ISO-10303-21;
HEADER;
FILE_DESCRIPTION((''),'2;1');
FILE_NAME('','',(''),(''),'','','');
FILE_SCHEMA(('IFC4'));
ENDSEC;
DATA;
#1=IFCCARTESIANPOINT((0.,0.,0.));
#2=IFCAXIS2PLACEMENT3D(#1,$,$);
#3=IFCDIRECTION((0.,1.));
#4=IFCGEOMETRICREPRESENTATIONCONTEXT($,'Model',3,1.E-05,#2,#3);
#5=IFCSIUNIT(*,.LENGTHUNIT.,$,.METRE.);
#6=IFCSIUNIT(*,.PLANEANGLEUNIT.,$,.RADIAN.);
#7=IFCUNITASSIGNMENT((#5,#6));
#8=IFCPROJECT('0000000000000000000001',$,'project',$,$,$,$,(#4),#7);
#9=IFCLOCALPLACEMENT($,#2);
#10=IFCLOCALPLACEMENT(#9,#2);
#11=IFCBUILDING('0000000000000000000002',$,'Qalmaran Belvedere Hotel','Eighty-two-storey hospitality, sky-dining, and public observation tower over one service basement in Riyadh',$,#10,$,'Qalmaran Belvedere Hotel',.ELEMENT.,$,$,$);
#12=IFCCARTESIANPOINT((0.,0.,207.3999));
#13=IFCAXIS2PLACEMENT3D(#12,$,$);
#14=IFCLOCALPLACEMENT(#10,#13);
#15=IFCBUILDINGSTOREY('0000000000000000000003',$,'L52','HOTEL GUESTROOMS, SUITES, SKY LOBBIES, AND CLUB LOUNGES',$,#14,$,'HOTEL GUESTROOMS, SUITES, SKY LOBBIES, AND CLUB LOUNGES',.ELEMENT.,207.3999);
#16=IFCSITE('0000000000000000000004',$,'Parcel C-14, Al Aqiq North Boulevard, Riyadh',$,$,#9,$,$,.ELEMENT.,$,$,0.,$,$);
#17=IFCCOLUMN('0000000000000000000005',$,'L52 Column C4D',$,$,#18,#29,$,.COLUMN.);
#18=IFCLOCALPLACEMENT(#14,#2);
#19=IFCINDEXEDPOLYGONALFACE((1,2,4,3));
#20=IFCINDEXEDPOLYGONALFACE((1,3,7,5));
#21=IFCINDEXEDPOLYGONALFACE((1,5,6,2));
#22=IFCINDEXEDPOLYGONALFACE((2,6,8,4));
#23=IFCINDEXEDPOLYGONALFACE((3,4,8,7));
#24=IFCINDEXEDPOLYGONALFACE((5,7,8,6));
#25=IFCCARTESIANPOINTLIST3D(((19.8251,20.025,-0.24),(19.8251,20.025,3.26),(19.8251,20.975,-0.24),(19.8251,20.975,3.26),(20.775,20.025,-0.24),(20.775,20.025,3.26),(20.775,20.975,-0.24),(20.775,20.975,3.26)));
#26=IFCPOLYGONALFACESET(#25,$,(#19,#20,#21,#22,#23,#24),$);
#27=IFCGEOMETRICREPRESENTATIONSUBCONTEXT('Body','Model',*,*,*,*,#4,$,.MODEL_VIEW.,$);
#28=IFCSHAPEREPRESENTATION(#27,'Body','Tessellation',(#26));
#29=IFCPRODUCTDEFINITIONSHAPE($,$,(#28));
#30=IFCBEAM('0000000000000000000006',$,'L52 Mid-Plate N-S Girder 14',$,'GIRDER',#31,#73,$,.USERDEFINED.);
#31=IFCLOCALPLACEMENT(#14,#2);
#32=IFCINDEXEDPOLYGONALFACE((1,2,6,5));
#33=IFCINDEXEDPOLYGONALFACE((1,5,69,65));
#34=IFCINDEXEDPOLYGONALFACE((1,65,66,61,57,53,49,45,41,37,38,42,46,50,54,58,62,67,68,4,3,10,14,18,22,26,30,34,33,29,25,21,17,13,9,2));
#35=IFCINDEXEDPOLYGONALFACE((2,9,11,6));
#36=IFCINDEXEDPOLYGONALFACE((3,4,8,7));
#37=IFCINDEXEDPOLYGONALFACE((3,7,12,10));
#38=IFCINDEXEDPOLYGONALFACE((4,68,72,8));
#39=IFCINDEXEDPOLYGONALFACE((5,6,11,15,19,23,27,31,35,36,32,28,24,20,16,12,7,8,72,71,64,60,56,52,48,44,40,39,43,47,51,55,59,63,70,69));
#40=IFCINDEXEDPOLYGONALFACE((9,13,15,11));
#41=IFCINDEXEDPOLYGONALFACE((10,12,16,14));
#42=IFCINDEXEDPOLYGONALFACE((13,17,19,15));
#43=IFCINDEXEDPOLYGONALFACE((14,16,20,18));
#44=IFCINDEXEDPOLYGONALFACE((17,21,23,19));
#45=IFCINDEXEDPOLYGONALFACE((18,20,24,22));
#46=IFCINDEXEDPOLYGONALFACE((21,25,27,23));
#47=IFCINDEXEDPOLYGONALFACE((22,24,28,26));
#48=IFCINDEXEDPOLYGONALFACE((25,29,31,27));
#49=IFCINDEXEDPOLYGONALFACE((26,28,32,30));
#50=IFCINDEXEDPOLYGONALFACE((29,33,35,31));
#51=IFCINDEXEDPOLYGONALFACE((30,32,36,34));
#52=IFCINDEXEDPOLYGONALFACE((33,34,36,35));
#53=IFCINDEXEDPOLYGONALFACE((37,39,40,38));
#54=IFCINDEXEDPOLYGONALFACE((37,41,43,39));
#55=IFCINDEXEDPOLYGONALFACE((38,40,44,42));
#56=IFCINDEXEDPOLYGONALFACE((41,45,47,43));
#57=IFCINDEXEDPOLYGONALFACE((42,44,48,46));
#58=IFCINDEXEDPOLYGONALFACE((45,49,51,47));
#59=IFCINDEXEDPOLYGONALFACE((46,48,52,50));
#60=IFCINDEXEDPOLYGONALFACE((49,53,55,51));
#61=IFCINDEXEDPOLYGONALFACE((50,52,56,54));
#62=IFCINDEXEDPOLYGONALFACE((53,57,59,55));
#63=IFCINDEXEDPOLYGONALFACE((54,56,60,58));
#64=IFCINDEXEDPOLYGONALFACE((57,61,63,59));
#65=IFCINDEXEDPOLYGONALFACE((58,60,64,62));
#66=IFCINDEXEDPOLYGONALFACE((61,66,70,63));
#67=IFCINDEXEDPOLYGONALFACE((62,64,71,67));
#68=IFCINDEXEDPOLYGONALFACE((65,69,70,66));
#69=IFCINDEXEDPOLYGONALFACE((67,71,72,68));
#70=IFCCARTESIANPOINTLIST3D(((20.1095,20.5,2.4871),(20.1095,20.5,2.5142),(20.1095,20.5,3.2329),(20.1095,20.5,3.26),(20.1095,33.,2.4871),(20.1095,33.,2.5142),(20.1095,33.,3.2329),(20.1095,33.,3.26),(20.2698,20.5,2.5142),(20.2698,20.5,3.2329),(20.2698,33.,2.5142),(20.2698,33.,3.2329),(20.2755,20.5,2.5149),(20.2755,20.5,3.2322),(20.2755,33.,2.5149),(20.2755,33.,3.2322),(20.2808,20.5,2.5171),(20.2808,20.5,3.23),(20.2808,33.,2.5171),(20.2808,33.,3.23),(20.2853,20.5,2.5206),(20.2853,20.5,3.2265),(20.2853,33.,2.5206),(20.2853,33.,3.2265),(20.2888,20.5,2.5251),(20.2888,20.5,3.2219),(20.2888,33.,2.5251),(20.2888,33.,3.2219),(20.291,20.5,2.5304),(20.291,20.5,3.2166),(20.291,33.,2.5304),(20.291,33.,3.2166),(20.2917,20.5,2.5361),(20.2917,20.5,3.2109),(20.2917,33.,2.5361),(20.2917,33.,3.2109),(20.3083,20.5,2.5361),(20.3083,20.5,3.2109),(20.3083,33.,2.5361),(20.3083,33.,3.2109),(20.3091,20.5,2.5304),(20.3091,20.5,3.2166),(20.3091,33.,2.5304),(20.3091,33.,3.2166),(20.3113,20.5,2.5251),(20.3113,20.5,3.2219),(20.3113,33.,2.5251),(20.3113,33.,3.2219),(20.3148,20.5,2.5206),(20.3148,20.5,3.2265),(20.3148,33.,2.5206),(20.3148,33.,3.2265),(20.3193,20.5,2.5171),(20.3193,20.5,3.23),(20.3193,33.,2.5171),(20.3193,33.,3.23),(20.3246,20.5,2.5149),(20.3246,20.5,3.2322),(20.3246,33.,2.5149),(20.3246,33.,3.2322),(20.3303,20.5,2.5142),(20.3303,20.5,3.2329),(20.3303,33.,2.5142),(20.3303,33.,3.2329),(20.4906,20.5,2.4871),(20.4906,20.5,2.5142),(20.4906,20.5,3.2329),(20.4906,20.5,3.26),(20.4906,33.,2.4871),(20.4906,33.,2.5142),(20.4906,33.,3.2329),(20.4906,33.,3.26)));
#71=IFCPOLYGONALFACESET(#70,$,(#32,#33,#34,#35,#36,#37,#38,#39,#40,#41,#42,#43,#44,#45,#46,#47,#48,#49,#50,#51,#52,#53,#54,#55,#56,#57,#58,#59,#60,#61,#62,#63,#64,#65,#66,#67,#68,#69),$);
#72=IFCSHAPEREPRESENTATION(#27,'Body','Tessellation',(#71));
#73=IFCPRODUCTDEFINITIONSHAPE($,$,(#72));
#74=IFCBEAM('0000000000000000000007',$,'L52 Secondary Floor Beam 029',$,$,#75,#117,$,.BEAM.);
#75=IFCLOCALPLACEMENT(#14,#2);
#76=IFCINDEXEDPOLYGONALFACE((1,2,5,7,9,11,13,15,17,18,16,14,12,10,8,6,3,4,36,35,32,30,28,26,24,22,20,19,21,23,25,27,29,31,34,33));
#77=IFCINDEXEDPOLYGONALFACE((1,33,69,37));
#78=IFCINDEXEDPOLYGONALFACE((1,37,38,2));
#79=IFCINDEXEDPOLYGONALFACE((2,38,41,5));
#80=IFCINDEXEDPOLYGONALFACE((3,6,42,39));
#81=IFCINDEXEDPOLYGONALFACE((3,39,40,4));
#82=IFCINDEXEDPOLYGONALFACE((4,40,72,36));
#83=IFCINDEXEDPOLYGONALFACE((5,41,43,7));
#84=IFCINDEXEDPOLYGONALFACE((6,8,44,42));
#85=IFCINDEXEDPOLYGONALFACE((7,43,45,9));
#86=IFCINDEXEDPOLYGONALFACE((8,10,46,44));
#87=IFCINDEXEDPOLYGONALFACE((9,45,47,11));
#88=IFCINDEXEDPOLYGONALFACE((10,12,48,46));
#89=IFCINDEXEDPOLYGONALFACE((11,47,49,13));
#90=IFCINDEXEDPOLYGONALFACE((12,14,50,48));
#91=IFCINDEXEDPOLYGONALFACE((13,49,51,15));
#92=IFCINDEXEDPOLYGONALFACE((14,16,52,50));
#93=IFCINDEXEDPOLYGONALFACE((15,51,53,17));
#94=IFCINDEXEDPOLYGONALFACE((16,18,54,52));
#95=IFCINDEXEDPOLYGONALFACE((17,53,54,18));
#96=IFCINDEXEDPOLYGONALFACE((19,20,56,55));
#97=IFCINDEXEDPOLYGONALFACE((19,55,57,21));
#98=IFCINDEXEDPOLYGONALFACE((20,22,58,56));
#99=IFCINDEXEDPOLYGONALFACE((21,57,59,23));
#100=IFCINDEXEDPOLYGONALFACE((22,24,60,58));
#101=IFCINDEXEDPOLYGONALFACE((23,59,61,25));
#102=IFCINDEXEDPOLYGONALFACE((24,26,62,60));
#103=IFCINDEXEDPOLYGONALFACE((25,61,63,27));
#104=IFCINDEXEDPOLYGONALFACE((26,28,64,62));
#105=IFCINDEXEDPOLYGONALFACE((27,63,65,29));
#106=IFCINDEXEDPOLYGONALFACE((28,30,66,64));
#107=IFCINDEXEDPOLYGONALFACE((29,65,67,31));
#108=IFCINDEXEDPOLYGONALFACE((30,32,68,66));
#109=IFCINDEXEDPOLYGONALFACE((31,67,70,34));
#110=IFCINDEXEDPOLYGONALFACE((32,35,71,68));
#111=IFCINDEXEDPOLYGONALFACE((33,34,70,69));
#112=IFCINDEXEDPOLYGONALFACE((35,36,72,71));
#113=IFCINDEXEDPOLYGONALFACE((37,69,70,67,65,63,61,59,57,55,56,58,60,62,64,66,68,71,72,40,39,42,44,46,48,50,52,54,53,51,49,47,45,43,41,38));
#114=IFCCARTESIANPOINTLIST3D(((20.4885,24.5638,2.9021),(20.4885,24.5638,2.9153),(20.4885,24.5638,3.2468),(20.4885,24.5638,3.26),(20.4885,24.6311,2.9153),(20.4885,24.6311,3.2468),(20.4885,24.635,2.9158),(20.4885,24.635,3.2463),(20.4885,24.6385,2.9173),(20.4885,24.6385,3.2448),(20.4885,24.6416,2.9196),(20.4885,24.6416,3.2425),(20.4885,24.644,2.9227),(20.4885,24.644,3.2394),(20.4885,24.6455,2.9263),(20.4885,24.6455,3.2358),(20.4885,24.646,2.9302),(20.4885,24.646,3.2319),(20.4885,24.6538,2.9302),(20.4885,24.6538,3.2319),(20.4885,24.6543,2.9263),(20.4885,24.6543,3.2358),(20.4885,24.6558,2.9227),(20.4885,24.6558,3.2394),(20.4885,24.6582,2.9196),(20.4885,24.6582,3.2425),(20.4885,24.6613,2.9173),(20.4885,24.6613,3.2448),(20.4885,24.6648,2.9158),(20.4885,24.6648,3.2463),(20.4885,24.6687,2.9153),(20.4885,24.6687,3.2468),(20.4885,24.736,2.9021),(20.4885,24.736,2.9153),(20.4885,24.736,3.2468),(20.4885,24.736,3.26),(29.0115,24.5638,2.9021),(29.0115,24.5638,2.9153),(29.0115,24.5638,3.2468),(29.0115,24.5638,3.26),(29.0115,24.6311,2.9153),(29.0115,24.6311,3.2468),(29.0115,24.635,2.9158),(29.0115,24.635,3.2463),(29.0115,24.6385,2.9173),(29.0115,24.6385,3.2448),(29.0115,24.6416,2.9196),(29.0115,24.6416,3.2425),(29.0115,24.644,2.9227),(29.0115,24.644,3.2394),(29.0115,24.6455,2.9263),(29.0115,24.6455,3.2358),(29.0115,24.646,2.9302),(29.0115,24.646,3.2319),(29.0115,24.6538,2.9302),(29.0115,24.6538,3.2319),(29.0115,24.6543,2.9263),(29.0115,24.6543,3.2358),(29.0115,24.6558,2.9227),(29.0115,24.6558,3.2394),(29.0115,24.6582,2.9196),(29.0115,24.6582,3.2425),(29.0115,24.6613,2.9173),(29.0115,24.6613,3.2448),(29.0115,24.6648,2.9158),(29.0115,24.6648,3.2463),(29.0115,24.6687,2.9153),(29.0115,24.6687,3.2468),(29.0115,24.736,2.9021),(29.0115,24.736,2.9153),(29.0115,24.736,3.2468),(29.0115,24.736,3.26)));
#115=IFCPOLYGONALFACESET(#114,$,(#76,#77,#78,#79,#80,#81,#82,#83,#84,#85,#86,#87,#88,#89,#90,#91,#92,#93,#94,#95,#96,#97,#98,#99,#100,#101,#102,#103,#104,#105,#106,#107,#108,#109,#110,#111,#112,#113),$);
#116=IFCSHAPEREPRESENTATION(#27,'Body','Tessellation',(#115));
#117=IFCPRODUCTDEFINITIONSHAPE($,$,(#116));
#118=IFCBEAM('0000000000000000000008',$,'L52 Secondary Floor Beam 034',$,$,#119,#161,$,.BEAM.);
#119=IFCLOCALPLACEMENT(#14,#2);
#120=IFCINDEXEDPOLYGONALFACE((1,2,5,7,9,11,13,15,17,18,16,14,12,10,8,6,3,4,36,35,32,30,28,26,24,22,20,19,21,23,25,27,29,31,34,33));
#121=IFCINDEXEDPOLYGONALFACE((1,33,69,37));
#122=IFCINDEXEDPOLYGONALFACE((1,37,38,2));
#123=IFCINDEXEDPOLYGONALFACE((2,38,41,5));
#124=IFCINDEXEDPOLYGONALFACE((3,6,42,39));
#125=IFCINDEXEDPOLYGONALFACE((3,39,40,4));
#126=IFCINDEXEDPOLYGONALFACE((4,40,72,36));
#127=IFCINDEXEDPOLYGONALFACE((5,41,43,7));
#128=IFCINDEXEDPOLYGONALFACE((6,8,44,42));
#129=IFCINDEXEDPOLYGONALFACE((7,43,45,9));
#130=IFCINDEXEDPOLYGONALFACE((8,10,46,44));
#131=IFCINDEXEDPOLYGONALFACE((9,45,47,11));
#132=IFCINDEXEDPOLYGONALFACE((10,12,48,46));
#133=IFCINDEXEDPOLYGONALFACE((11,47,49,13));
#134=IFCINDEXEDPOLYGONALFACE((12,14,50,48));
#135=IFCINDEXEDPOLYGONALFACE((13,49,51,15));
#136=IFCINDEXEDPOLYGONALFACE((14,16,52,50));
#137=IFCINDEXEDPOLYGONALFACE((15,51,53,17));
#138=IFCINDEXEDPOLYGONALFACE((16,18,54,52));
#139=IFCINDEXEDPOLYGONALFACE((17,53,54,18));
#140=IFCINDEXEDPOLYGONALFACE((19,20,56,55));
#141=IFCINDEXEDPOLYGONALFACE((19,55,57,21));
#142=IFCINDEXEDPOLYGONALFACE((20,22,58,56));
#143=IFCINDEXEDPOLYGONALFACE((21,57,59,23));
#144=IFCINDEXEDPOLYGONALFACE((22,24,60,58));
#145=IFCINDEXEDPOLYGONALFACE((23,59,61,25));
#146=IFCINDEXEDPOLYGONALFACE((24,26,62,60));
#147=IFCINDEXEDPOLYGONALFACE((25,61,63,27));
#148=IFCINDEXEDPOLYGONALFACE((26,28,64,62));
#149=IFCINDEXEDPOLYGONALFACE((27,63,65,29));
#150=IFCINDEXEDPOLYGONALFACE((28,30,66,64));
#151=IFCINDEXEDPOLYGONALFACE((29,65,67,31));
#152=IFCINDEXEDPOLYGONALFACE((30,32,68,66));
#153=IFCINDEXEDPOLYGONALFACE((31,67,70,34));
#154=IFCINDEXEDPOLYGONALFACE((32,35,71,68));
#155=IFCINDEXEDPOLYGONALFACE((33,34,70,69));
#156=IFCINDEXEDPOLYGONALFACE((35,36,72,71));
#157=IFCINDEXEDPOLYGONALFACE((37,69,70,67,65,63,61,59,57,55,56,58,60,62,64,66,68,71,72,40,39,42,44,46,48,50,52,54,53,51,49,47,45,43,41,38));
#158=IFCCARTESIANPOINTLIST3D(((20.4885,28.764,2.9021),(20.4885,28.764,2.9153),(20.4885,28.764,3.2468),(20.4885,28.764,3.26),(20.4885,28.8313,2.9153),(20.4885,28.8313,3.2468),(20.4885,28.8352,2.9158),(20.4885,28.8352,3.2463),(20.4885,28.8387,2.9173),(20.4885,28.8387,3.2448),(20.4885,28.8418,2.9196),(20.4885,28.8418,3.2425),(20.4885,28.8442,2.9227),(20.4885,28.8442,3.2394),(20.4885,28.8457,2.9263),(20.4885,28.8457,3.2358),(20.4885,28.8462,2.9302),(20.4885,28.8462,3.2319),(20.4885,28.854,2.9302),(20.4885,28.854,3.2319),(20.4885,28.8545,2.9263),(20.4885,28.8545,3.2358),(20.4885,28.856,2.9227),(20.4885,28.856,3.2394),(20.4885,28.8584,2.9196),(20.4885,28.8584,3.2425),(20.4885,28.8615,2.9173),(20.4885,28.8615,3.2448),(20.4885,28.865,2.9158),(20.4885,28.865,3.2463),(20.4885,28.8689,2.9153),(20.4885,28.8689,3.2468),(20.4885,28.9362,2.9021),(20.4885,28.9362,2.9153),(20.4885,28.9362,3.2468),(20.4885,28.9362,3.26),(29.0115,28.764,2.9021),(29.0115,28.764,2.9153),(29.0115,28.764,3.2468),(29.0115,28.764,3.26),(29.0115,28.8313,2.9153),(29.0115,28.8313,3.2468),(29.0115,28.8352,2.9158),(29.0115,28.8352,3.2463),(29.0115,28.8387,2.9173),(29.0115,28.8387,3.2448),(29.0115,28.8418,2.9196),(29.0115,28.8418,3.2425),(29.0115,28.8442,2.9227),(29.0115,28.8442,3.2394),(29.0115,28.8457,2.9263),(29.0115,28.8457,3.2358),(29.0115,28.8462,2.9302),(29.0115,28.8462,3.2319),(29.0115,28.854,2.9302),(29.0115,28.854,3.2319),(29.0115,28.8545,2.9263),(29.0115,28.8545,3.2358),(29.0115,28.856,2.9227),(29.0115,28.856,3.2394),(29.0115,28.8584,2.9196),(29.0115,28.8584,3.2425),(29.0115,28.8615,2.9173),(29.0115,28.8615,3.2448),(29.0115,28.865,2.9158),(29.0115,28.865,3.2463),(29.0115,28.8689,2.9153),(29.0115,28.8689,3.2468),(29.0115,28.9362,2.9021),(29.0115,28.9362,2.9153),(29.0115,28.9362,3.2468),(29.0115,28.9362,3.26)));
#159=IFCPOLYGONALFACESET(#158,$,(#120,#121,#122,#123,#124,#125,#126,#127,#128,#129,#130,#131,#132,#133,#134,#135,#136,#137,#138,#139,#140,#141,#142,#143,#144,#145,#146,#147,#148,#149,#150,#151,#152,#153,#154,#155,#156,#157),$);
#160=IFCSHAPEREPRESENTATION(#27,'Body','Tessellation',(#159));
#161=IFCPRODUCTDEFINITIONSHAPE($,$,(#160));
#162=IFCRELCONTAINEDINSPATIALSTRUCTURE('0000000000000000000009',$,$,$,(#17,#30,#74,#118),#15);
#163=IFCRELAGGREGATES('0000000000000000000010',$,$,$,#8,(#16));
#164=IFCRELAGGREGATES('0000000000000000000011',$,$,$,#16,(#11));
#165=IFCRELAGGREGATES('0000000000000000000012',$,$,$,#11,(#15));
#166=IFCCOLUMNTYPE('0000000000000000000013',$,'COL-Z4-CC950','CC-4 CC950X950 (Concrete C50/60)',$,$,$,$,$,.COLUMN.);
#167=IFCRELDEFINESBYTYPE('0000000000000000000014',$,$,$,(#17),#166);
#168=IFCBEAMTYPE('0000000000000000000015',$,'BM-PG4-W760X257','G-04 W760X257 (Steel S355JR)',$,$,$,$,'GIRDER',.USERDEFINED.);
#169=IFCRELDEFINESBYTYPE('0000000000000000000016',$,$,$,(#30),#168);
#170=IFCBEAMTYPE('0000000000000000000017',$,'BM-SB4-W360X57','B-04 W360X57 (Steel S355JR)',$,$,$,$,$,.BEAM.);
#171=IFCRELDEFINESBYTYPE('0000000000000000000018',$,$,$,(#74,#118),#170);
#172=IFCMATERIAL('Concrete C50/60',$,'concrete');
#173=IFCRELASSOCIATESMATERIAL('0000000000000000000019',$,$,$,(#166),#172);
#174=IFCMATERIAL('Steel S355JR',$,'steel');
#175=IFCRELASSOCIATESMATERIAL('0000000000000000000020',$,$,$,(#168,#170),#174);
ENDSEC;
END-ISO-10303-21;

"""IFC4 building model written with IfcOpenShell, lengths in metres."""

from ifc_helpers import new_model, si_unit, direction, frame, origin, origin_2d, place, context, subcontext, project, spatial, rectangle, i_section, extrude, material, material_profile, profile_set, type_object, element, save


model = new_model("IFC4")

# Units and contexts
model_context = context("Model", 3, precision=1e-05, world=origin(), true_north=direction((0.0, 1.0)))
body_context = subcontext(model_context, "Body", "Model", "MODEL_VIEW")
ifc_project = project(units=[si_unit("LENGTHUNIT", "METRE"), si_unit("PLANEANGLEUNIT", "RADIAN")], contexts=[model_context])

# Site, building, storey
site_placement = place(None, origin())
site = spatial("IfcSite", under=ifc_project, at=site_placement, Name="Parcel C-14, Al Aqiq North Boulevard, Riyadh", CompositionType="ELEMENT", RefElevation=0.0)
building_placement = place(site_placement, origin())
building = spatial("IfcBuilding", under=site, at=building_placement, Name="Qalmaran Belvedere Hotel", Description="Eighty-two-storey hospitality, sky-dining, and public observation tower over one service basement in Riyadh", LongName="Qalmaran Belvedere Hotel", CompositionType="ELEMENT")
storey_placement = place(building_placement, frame((0.0, 0.0, 207.3999)))
storey = spatial("IfcBuildingStorey", under=building, at=storey_placement, Name="L52", Description="HOTEL GUESTROOMS, SUITES, SKY LOBBIES, AND CLUB LOUNGES", LongName="HOTEL GUESTROOMS, SUITES, SKY LOBBIES, AND CLUB LOUNGES", CompositionType="ELEMENT", Elevation=207.3999)

# Column
ifc_material_1 = material(Name="Concrete C50/60", Category="concrete")
ifc_material_profile_1 = material_profile(ifc_material_1, rectangle(XDim=0.95, YDim=0.95, at=origin_2d()), Name="CC950X950")
ifc_profile_set_1 = profile_set([ifc_material_profile_1], Name="Concrete C50/60")
column_type = type_object("IfcColumnType", Name="COL-Z4-CC950", Description="CC-4 CC950X950 (Concrete C50/60)", PredefinedType="COLUMN", material=ifc_profile_set_1)
column_placement = place(storey_placement, frame((20.3, 20.5, -0.24), z_axis=(0.0, 0.0, 1.0), x_axis=(1.0, 0.0, 0.0)))
element("IfcColumn", 1, at=column_placement, inside=storey, type_object=column_type, Name="L52 Column C4D", PredefinedType="COLUMN", context=body_context, shape_type="SweptSolid", body=[
    extrude(rectangle(XDim=0.95, YDim=0.95, at=origin_2d()), origin(), (0.0, 0.0, 1.0), 3.5),
])

# Beams
ifc_material_2 = material(Name="Steel S355JR", Category="steel")
ifc_material_profile_2 = material_profile(ifc_material_2, i_section(OverallWidth=0.3811, OverallDepth=0.7729, WebThickness=0.0166, FlangeThickness=0.0271, FilletRadius=0.022, at=origin_2d()), Name="W760X257")
ifc_profile_set_2 = profile_set([ifc_material_profile_2], Name="Steel S355JR")
beam_type_1 = type_object("IfcBeamType", Name="BM-PG4-W760X257", Description="G-04 W760X257 (Steel S355JR)", ElementType="GIRDER", PredefinedType="USERDEFINED", material=ifc_profile_set_2)
beam_1_placement = place(storey_placement, frame((20.3, 20.5, 2.8735), z_axis=(0.0, 1.0, 0.0), x_axis=(-1.0, 0.0, 0.0)))
element("IfcBeam", 2, at=beam_1_placement, inside=storey, type_object=beam_type_1, Name="L52 Mid-Plate N-S Girder 14", ObjectType="GIRDER", PredefinedType="USERDEFINED", context=body_context, shape_type="SweptSolid", body=[
    extrude(i_section(OverallWidth=0.3811, OverallDepth=0.7729, WebThickness=0.0166, FlangeThickness=0.0271, FilletRadius=0.022, at=origin_2d()), origin(), (0.0, 0.0, 1.0), 12.5),
])
ifc_material_profile_3 = material_profile(ifc_material_2, i_section(OverallWidth=0.1721, OverallDepth=0.3579, WebThickness=0.0078, FlangeThickness=0.0132, FilletRadius=0.0149, at=origin_2d()), Name="W360X57")
ifc_profile_set_3 = profile_set([ifc_material_profile_3], Name="Steel S355JR")
beam_type_2 = type_object("IfcBeamType", Name="BM-SB4-W360X57", Description="B-04 W360X57 (Steel S355JR)", PredefinedType="BEAM", material=ifc_profile_set_3)
for number, where, z_axis, x_axis, name in (
    (3, (20.4885, 24.6499, 3.0811), (1.0, 0.0, 0.0), (0.0, 1.0, 0.0), "L52 Secondary Floor Beam 029"),
    (4, (20.4885, 28.8501, 3.0811), (1.0, 0.0, 0.0), (0.0, 1.0, 0.0), "L52 Secondary Floor Beam 034"),
):
    element("IfcBeam", number, at=place(storey_placement, frame(where, z_axis=z_axis, x_axis=x_axis)), inside=storey, type_object=beam_type_2, Name=name, PredefinedType="BEAM", context=body_context, shape_type="SweptSolid", body=[
        extrude(i_section(OverallWidth=0.1721, OverallDepth=0.3579, WebThickness=0.0078, FlangeThickness=0.0132, FilletRadius=0.0149, at=origin_2d()), origin(), (0.0, 0.0, 1.0), 8.5229),
    ])

save(model, "model.ifc")
